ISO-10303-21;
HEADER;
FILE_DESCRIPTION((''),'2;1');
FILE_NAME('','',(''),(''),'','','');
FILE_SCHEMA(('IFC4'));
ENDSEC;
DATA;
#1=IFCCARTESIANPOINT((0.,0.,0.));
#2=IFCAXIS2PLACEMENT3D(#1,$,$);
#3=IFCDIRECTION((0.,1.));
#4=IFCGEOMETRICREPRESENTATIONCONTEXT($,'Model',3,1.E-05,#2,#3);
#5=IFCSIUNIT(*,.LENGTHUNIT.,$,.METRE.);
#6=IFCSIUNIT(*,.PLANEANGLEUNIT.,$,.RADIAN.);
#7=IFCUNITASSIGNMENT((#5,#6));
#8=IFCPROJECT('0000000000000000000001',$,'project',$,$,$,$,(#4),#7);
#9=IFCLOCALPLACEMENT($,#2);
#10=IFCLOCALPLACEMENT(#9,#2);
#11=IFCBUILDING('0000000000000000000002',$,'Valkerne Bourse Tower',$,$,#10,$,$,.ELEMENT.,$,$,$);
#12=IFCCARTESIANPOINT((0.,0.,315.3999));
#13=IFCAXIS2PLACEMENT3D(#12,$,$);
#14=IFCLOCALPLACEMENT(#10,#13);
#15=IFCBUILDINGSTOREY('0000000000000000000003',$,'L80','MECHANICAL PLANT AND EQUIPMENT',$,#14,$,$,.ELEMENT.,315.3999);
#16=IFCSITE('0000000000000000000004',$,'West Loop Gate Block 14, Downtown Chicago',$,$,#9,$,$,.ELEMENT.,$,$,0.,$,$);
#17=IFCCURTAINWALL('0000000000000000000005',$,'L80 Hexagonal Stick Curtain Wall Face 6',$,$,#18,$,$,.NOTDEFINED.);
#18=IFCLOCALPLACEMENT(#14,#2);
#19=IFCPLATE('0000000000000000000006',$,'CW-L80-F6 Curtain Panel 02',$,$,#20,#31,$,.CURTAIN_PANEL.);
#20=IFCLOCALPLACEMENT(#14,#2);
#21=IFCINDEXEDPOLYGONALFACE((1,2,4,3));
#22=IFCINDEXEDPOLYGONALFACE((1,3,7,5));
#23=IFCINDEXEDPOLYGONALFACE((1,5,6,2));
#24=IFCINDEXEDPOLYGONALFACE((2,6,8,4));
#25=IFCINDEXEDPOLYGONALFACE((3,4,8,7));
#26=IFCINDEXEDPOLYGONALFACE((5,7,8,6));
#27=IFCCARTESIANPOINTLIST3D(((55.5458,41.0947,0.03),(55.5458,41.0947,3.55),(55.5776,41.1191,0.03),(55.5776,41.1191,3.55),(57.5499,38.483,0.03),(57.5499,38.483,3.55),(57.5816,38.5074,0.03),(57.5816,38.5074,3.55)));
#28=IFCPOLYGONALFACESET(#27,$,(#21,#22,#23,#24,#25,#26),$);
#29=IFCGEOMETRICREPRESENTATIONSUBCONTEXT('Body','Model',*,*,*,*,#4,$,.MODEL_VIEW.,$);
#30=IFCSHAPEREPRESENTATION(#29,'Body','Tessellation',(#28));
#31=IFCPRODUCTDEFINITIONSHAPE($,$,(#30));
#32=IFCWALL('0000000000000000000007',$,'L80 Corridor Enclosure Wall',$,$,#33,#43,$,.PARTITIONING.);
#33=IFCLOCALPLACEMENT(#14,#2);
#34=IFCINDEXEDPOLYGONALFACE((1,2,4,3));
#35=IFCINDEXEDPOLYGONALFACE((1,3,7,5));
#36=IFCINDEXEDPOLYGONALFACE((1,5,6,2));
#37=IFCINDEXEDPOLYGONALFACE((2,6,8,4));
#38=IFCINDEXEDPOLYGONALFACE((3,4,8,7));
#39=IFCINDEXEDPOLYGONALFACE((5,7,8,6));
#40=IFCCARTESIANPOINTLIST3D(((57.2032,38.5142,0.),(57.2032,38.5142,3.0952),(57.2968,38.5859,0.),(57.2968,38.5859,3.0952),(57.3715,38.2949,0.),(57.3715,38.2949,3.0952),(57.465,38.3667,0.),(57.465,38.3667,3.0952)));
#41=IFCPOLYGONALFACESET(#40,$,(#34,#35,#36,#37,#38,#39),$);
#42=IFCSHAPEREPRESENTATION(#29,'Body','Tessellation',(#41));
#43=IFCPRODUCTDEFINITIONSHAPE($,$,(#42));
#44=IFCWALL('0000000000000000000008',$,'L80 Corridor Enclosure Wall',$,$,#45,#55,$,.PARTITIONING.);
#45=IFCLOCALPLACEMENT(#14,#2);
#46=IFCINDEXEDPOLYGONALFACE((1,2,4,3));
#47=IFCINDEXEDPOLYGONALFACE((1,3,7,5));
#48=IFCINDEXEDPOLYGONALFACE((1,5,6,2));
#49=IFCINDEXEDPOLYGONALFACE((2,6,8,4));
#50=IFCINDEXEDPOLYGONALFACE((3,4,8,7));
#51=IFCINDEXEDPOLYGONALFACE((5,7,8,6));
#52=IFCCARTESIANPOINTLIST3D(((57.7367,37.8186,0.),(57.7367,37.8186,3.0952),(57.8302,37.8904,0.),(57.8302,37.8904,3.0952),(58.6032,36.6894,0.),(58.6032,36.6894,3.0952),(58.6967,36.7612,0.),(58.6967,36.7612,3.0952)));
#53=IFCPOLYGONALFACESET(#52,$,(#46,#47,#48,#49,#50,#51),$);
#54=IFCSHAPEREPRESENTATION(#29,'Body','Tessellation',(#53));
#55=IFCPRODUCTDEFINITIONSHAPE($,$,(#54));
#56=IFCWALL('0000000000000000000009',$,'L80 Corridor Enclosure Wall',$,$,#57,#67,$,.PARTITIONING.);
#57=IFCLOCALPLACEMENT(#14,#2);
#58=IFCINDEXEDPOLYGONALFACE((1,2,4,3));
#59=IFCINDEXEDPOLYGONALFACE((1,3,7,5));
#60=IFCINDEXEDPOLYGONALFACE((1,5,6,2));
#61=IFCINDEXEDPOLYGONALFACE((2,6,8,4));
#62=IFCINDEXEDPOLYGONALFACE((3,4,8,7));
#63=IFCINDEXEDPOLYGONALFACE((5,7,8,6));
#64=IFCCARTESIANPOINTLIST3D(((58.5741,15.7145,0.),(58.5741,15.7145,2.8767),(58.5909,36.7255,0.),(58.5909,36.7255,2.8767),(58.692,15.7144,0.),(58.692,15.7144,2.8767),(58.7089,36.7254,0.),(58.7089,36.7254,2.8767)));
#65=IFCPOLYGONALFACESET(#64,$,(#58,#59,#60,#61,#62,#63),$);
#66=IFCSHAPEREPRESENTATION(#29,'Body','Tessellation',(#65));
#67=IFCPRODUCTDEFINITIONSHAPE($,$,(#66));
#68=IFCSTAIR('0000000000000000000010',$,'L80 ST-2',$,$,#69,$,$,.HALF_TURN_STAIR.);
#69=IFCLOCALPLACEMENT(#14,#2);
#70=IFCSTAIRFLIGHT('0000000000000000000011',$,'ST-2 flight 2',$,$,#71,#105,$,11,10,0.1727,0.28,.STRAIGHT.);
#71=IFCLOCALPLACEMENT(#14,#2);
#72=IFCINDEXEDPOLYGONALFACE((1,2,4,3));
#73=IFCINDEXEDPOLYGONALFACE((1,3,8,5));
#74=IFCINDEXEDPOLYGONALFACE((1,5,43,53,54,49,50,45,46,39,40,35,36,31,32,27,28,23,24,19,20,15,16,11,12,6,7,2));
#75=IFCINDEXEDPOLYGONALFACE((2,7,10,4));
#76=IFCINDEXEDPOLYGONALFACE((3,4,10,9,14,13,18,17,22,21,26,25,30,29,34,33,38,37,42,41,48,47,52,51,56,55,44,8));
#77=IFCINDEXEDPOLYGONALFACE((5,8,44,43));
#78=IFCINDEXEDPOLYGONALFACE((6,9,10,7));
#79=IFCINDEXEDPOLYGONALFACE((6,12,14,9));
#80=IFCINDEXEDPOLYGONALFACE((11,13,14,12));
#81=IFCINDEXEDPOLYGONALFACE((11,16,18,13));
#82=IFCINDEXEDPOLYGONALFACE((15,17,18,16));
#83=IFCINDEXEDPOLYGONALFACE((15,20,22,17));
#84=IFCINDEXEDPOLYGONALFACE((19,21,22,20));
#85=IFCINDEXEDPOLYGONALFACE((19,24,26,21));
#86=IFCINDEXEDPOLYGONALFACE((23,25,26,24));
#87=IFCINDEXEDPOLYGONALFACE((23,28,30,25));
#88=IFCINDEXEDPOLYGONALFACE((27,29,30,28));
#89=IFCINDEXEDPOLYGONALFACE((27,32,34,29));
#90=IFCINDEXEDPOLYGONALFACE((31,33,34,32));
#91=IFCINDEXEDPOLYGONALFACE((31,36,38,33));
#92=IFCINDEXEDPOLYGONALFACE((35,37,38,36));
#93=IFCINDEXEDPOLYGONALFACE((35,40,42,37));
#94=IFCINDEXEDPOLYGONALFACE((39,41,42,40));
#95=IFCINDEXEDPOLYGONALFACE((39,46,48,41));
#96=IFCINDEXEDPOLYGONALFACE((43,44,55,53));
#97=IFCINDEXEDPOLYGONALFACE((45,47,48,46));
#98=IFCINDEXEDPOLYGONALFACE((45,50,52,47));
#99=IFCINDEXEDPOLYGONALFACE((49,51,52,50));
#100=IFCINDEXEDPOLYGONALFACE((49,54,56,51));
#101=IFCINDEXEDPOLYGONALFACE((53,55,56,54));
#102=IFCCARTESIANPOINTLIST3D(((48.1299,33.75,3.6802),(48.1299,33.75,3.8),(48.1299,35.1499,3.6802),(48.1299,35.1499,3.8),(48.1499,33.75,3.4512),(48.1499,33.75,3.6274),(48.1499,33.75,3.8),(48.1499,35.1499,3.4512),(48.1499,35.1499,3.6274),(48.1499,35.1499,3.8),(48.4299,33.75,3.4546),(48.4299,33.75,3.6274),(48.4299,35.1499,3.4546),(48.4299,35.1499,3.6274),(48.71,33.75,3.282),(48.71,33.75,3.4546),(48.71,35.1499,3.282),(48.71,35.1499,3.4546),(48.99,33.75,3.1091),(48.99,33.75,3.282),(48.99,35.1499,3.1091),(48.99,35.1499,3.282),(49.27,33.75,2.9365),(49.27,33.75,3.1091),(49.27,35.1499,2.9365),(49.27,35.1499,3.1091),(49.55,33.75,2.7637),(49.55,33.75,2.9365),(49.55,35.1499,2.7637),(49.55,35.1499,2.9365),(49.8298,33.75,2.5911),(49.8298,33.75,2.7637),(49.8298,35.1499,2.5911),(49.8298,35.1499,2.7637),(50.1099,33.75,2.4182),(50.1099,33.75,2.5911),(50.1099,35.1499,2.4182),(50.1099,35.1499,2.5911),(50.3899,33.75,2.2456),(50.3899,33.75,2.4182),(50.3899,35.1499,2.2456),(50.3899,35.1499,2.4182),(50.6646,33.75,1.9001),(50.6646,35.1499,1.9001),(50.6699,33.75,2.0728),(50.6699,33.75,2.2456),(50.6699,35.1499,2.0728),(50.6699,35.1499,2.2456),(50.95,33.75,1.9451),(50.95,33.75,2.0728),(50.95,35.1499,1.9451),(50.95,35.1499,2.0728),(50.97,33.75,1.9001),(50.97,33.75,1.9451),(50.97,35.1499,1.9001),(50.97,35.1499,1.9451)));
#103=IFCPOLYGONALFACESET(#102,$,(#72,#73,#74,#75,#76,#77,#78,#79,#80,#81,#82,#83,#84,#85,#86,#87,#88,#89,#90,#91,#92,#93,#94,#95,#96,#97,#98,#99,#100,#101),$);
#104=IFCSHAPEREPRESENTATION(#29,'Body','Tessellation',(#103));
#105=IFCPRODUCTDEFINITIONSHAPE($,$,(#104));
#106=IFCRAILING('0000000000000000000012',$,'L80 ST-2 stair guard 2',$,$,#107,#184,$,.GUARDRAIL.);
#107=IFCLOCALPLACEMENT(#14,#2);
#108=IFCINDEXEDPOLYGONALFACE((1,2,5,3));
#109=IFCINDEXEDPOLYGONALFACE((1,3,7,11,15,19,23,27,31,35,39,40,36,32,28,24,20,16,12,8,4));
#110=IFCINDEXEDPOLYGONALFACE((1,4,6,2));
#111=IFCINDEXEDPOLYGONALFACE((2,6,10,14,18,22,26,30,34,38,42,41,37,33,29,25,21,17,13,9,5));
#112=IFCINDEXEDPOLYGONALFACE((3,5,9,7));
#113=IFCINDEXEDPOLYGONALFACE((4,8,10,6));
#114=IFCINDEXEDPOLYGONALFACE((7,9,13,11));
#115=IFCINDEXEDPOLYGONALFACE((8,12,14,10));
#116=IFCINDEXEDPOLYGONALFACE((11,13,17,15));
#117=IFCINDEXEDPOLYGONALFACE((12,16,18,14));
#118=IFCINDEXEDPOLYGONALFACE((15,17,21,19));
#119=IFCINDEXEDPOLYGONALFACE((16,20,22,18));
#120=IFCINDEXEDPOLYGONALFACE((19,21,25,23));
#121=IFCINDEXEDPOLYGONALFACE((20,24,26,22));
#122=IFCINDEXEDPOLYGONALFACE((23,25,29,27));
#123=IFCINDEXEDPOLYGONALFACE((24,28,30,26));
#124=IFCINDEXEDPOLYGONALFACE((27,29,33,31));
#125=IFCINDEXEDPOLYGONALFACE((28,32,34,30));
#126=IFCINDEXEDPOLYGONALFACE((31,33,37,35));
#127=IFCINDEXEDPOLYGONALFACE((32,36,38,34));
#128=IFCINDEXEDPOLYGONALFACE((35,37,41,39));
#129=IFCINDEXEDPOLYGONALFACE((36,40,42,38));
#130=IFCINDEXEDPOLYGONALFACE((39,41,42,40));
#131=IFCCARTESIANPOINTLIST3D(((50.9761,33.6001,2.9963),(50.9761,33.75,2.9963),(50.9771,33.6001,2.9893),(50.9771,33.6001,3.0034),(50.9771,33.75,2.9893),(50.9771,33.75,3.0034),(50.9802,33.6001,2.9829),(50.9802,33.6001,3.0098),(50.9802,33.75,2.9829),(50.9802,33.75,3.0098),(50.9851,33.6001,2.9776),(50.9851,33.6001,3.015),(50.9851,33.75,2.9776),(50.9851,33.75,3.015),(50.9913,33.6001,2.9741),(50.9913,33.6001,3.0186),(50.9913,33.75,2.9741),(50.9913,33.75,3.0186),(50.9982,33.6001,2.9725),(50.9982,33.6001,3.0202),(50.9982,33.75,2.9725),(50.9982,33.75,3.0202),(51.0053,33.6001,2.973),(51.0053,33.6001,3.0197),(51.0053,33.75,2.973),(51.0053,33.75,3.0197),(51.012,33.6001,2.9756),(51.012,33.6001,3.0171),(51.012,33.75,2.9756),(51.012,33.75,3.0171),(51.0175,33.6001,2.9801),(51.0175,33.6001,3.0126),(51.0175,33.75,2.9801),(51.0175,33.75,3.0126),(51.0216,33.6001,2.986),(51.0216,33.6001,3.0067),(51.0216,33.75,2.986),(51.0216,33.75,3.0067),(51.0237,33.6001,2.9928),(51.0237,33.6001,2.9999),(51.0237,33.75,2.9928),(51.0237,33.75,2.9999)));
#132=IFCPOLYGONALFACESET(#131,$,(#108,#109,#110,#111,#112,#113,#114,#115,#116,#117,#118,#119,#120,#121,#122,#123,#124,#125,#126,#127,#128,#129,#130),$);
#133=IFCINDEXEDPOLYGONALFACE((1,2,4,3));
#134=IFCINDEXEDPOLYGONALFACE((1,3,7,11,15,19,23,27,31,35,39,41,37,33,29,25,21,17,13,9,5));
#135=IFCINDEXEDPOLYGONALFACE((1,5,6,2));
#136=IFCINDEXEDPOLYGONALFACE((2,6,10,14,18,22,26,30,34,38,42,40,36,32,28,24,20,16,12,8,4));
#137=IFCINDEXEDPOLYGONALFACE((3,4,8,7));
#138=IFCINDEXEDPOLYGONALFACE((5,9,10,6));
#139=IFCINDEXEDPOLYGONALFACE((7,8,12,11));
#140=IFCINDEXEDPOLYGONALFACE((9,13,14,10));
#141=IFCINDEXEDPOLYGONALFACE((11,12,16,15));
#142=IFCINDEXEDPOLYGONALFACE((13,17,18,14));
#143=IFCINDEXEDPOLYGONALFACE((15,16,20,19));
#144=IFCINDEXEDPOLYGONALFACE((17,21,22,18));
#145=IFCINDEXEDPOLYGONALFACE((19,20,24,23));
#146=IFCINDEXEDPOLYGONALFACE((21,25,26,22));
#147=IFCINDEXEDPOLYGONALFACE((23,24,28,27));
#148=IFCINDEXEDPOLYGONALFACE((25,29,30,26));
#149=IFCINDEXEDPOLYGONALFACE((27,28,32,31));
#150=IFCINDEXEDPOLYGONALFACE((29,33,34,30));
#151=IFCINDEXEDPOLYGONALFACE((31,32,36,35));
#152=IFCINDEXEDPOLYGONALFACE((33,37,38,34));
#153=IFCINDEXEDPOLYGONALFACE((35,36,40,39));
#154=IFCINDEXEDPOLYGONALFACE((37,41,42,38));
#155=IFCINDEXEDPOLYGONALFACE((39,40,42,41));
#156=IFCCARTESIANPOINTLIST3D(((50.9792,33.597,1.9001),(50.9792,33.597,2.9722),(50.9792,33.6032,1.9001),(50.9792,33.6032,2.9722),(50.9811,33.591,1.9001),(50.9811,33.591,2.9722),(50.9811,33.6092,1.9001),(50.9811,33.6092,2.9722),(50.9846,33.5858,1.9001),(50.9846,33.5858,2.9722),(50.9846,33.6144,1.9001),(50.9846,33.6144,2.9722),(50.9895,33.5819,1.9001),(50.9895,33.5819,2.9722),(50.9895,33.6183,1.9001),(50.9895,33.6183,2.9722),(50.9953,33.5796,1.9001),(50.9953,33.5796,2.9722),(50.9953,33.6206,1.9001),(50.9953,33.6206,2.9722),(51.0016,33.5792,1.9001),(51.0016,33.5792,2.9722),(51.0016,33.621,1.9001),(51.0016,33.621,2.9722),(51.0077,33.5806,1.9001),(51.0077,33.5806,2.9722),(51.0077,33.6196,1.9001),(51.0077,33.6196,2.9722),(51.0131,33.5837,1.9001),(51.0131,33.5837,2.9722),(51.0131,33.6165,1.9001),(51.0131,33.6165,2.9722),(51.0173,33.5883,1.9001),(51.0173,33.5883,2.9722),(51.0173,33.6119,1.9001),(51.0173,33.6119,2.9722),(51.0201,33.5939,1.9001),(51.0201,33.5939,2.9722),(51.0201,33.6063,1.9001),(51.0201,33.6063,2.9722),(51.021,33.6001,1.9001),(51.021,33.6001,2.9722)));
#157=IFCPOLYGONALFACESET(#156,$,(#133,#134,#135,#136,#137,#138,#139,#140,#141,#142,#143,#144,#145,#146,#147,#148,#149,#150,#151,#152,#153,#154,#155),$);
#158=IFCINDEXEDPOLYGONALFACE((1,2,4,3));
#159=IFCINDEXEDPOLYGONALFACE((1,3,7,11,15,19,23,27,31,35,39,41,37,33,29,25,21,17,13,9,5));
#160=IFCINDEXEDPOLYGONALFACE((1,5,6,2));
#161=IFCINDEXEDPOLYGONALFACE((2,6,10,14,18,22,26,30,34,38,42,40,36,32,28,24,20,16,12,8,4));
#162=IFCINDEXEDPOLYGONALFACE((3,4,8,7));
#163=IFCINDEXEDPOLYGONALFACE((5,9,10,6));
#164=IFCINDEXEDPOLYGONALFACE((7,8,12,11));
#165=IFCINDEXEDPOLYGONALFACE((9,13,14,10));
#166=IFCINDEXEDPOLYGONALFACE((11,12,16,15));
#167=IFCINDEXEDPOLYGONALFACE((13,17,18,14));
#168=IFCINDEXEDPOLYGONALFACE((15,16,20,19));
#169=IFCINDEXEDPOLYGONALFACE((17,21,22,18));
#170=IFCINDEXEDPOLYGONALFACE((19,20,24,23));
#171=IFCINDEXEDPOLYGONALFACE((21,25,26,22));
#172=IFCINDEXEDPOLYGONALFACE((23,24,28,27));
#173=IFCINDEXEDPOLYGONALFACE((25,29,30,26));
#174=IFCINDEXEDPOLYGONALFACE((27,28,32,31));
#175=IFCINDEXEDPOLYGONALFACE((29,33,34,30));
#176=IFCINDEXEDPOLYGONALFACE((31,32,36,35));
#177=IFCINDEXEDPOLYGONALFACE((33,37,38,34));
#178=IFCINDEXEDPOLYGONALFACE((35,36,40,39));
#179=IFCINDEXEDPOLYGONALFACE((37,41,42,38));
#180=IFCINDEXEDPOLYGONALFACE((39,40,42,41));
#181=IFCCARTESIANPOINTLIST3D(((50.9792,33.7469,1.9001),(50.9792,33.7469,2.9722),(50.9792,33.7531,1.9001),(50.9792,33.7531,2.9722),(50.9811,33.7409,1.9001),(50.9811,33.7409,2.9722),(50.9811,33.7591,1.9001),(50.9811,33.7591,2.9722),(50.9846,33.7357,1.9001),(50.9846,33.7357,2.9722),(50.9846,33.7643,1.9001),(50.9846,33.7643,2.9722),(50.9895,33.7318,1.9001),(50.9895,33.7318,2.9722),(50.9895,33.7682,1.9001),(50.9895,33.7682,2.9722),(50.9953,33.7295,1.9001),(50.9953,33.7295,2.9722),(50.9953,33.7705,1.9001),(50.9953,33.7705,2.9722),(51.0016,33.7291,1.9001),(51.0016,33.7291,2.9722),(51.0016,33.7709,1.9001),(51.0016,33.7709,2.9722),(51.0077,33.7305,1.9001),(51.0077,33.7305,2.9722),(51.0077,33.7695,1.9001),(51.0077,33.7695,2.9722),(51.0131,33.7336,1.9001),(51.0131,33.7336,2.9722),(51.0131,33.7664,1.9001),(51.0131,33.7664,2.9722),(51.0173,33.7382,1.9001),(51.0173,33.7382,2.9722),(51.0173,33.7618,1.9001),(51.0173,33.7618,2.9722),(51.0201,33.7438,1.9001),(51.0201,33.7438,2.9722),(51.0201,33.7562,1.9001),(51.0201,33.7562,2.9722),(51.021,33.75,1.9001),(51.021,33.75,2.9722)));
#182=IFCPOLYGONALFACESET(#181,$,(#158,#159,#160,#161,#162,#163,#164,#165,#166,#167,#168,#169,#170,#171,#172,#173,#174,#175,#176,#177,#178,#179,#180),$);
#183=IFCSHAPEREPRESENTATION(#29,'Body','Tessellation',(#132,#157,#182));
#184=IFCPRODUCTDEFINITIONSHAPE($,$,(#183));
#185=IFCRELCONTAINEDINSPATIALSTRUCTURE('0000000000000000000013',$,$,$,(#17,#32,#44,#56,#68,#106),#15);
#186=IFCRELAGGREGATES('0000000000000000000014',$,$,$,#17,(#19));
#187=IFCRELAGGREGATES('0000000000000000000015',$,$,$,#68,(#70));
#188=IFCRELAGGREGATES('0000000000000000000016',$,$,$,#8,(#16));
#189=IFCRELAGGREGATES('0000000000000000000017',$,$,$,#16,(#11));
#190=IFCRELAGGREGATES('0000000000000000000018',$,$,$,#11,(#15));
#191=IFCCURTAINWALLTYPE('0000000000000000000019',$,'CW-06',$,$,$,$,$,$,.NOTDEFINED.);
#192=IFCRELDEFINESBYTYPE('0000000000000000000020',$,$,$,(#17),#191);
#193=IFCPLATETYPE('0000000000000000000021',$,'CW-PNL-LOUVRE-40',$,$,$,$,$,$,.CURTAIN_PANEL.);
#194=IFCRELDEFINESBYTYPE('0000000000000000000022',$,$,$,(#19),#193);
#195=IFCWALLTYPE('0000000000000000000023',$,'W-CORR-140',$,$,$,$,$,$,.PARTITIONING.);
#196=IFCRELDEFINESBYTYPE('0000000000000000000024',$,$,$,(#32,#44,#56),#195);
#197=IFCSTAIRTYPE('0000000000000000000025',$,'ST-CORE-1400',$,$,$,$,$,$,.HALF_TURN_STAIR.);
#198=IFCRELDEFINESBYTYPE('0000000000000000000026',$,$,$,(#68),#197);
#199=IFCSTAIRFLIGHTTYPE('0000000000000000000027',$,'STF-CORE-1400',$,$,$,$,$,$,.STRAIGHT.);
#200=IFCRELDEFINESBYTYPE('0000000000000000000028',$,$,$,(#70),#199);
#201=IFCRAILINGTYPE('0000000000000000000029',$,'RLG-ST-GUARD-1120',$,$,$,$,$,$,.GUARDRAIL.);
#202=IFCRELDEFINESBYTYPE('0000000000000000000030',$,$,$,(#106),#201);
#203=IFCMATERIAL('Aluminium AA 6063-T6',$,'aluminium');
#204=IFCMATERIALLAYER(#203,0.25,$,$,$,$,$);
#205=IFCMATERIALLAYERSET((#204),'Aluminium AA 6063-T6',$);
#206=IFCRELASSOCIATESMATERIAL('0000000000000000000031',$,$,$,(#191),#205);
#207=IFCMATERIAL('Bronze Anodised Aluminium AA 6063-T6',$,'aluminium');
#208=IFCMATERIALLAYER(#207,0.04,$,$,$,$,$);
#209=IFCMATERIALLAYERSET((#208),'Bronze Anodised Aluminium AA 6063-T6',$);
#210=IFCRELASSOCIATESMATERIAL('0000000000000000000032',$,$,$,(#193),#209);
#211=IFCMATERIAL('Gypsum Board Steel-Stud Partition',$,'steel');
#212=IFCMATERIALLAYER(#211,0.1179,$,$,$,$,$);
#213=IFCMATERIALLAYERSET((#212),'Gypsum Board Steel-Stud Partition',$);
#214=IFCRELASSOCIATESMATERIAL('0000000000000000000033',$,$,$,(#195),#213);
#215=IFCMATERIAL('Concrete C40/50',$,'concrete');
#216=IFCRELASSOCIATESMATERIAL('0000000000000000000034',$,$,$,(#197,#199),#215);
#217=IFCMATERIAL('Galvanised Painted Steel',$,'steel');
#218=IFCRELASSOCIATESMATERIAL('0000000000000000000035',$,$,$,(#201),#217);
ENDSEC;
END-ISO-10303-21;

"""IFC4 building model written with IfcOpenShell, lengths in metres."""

from ifc_helpers import new_model, si_unit, direction, frame, frame_2d, origin, origin_2d, place, context, subcontext, project, spatial, polyline, rectangle, circle, outline, extrude, material, layer, layer_set, type_object, element, aggregate, save


model = new_model("IFC4")

# Units and contexts
model_context = context("Model", 3, precision=1e-05, world=origin(), true_north=direction((0.0, 1.0)))
body_context = subcontext(model_context, "Body", "Model", "MODEL_VIEW")
ifc_project = project(units=[si_unit("LENGTHUNIT", "METRE"), si_unit("PLANEANGLEUNIT", "RADIAN")], contexts=[model_context])

# Site, building, storey
site_placement = place(None, origin())
site = spatial("IfcSite", under=ifc_project, at=site_placement, Name="West Loop Gate Block 14, Downtown Chicago", CompositionType="ELEMENT", RefElevation=0.0)
building_placement = place(site_placement, origin())
building = spatial("IfcBuilding", under=site, at=building_placement, Name="Valkerne Bourse Tower", CompositionType="ELEMENT")
storey_placement = place(building_placement, frame((0.0, 0.0, 315.3999)))
storey = spatial("IfcBuildingStorey", under=building, at=storey_placement, Name="L80", Description="MECHANICAL PLANT AND EQUIPMENT", CompositionType="ELEMENT", Elevation=315.3999)

# Shared definitions
ifc_material_1 = material(Name="Aluminium AA 6063-T6", Category="aluminium")
ifc_layer_1 = layer(ifc_material_1, 0.25)
ifc_layer_set_1 = layer_set([ifc_layer_1], Name="Aluminium AA 6063-T6")
curtain_wall_type = type_object("IfcCurtainWallType", Name="CW-06", PredefinedType="NOTDEFINED", material=ifc_layer_set_1)

# Curtain wall
curtain_wall_1_placement = place(storey_placement, origin())
curtain_wall_1 = element("IfcCurtainWall", 1, at=curtain_wall_1_placement, inside=storey, type_object=curtain_wall_type, Name="L80 Hexagonal Stick Curtain Wall Face 6", PredefinedType="NOTDEFINED")

# Plate
ifc_material_2 = material(Name="Bronze Anodised Aluminium AA 6063-T6", Category="aluminium")
ifc_layer_2 = layer(ifc_material_2, 0.04)
ifc_layer_set_2 = layer_set([ifc_layer_2], Name="Bronze Anodised Aluminium AA 6063-T6")
plate_type = type_object("IfcPlateType", Name="CW-PNL-LOUVRE-40", PredefinedType="CURTAIN_PANEL", material=ifc_layer_set_2)
plate_1_placement = place(storey_placement, frame((56.5637, 39.801, 0.03), z_axis=(0.0, 0.0, 1.0), x_axis=(-0.608761, 0.793353, 0.0)))
plate_1 = element("IfcPlate", 2, at=plate_1_placement, type_object=plate_type, Name="CW-L80-F6 Curtain Panel 02", PredefinedType="CURTAIN_PANEL", context=body_context, shape_type="SweptSolid", body=[
    extrude(rectangle(XDim=3.292, YDim=0.04, at=origin_2d()), origin(), (0.0, 0.0, 1.0), 3.52),
])
aggregate(curtain_wall_1, [plate_1])

# Walls
ifc_material_3 = material(Name="Gypsum Board Steel-Stud Partition", Category="steel")
ifc_layer_3 = layer(ifc_material_3, 0.1179)
ifc_layer_set_3 = layer_set([ifc_layer_3], Name="Gypsum Board Steel-Stud Partition")
wall_type = type_object("IfcWallType", Name="W-CORR-140", PredefinedType="PARTITIONING", material=ifc_layer_set_3)
wall_1_placement = place(storey_placement, frame((57.25, 38.55, 0.0), z_axis=(0.0, 0.0, 1.0), x_axis=(0.608728, -0.793379, 0.0)))
element("IfcWall", 3, at=wall_1_placement, inside=storey, type_object=wall_type, Name="L80 Corridor Enclosure Wall", PredefinedType="PARTITIONING", context=body_context, shape_type="SweptSolid", body=[
    extrude(rectangle(XDim=0.2764, YDim=0.1179, at=frame_2d((0.1382, 0.0))), origin(), (0.0, 0.0, 1.0), 3.0952),
])
wall_2_placement = place(storey_placement, frame((57.7834, 37.8545, 0.0), z_axis=(0.0, 0.0, 1.0), x_axis=(0.608774, -0.793344, 0.0)))
element("IfcWall", 4, at=wall_2_placement, inside=storey, type_object=wall_type, Name="L80 Corridor Enclosure Wall", PredefinedType="PARTITIONING", context=body_context, shape_type="SweptSolid", body=[
    extrude(rectangle(XDim=1.4233, YDim=0.1179, at=frame_2d((0.7117, 0.0))), origin(), (0.0, 0.0, 1.0), 3.0952),
])
wall_3_placement = place(storey_placement, frame((58.6499, 36.7253, 0.0), z_axis=(0.0, 0.0, 1.0), x_axis=(-0.000802, -1.0, 0.0)))
element("IfcWall", 5, at=wall_3_placement, inside=storey, type_object=wall_type, Name="L80 Corridor Enclosure Wall", PredefinedType="PARTITIONING", context=body_context, shape_type="SweptSolid", body=[
    extrude(rectangle(XDim=21.011, YDim=0.1179, at=frame_2d((10.5054, 0.0))), origin(), (0.0, 0.0, 1.0), 2.8767),
])

# Stair, stair flight
ifc_material_4 = material(Name="Concrete C40/50", Category="concrete")
stair_type = type_object("IfcStairType", Name="ST-CORE-1400", PredefinedType="HALF_TURN_STAIR", material=ifc_material_4)
stair_placement = place(storey_placement, origin())
stair = element("IfcStair", 6, at=stair_placement, inside=storey, type_object=stair_type, Name="L80 ST-2", PredefinedType="HALF_TURN_STAIR")
stair_flight_type = type_object("IfcStairFlightType", Name="STF-CORE-1400", PredefinedType="STRAIGHT", material=ifc_material_4)
stair_flight_placement = place(storey_placement, frame((50.95, 34.45, 1.9001), z_axis=(0.0, 0.0, 1.0), x_axis=(-1.0, 0.0, 0.0)))
stair_flight = element("IfcStairFlight", 7, at=stair_flight_placement, type_object=stair_flight_type, Name="ST-2 flight 2", NumberOfRisers=11, NumberOfTreads=10, PredefinedType="STRAIGHT", RiserHeight=0.1727, TreadLength=0.28, context=body_context, shape_type="SweptSolid", body=[
    extrude(outline(polyline([(-0.02, 0.0), (-0.02, 0.0449), (0.0, 0.0449), (0.0, 0.1726), (0.28, 0.1726), (0.28, 0.3455), (0.5601, 0.3455), (0.5601, 0.5181), (0.8401, 0.5181), (0.8401, 0.6909), (1.1201, 0.6909), (1.1201, 0.8635), (1.3999, 0.8635), (1.3999, 1.0364), (1.6799, 1.0364), (1.6799, 1.209), (1.96, 1.209), (1.96, 1.3818), (2.24, 1.3818), (2.24, 1.5544), (2.52, 1.5544), (2.52, 1.7273), (2.8, 1.7273), (2.8, 1.8999), (2.8201, 1.8999), (2.8201, 1.78), (2.8, 1.551), (0.2854, 0.0), (-0.02, 0.0)])), frame((0.0, 0.7, 0.0), z_axis=(0.0, -1.0, 0.0), x_axis=(1.0, 0.0, 0.0)), (0.0, 0.0, 1.0), 1.3999),
])
aggregate(stair, [stair_flight])

# Railing
ifc_material_5 = material(Name="Galvanised Painted Steel", Category="steel")
railing_type_1 = type_object("IfcRailingType", Name="RLG-ST-GUARD-1120", PredefinedType="GUARDRAIL", material=ifc_material_5)
railing_1_placement = place(storey_placement, frame((51.0, 33.6001, 1.9001)))
element("IfcRailing", 8, at=railing_1_placement, inside=storey, type_object=railing_type_1, Name="L80 ST-2 stair guard 2", PredefinedType="GUARDRAIL", context=body_context, shape_type="SweptSolid", body=[
    extrude(circle(Radius=0.0239, at=origin_2d()), frame((0.0, 0.0, 1.0962), z_axis=(0.0, 1.0, 0.0), x_axis=(-1.0, 0.0, 0.0)), (0.0, 0.0, 1.0), 0.1499),
    extrude(circle(Radius=0.021, at=origin_2d()), origin(), (0.0, 0.0, 1.0), 1.072),
    extrude(circle(Radius=0.021, at=origin_2d()), frame((0.0, 0.1499, 0.0)), (0.0, 0.0, 1.0), 1.072),
])

save(model, "model.ifc")
